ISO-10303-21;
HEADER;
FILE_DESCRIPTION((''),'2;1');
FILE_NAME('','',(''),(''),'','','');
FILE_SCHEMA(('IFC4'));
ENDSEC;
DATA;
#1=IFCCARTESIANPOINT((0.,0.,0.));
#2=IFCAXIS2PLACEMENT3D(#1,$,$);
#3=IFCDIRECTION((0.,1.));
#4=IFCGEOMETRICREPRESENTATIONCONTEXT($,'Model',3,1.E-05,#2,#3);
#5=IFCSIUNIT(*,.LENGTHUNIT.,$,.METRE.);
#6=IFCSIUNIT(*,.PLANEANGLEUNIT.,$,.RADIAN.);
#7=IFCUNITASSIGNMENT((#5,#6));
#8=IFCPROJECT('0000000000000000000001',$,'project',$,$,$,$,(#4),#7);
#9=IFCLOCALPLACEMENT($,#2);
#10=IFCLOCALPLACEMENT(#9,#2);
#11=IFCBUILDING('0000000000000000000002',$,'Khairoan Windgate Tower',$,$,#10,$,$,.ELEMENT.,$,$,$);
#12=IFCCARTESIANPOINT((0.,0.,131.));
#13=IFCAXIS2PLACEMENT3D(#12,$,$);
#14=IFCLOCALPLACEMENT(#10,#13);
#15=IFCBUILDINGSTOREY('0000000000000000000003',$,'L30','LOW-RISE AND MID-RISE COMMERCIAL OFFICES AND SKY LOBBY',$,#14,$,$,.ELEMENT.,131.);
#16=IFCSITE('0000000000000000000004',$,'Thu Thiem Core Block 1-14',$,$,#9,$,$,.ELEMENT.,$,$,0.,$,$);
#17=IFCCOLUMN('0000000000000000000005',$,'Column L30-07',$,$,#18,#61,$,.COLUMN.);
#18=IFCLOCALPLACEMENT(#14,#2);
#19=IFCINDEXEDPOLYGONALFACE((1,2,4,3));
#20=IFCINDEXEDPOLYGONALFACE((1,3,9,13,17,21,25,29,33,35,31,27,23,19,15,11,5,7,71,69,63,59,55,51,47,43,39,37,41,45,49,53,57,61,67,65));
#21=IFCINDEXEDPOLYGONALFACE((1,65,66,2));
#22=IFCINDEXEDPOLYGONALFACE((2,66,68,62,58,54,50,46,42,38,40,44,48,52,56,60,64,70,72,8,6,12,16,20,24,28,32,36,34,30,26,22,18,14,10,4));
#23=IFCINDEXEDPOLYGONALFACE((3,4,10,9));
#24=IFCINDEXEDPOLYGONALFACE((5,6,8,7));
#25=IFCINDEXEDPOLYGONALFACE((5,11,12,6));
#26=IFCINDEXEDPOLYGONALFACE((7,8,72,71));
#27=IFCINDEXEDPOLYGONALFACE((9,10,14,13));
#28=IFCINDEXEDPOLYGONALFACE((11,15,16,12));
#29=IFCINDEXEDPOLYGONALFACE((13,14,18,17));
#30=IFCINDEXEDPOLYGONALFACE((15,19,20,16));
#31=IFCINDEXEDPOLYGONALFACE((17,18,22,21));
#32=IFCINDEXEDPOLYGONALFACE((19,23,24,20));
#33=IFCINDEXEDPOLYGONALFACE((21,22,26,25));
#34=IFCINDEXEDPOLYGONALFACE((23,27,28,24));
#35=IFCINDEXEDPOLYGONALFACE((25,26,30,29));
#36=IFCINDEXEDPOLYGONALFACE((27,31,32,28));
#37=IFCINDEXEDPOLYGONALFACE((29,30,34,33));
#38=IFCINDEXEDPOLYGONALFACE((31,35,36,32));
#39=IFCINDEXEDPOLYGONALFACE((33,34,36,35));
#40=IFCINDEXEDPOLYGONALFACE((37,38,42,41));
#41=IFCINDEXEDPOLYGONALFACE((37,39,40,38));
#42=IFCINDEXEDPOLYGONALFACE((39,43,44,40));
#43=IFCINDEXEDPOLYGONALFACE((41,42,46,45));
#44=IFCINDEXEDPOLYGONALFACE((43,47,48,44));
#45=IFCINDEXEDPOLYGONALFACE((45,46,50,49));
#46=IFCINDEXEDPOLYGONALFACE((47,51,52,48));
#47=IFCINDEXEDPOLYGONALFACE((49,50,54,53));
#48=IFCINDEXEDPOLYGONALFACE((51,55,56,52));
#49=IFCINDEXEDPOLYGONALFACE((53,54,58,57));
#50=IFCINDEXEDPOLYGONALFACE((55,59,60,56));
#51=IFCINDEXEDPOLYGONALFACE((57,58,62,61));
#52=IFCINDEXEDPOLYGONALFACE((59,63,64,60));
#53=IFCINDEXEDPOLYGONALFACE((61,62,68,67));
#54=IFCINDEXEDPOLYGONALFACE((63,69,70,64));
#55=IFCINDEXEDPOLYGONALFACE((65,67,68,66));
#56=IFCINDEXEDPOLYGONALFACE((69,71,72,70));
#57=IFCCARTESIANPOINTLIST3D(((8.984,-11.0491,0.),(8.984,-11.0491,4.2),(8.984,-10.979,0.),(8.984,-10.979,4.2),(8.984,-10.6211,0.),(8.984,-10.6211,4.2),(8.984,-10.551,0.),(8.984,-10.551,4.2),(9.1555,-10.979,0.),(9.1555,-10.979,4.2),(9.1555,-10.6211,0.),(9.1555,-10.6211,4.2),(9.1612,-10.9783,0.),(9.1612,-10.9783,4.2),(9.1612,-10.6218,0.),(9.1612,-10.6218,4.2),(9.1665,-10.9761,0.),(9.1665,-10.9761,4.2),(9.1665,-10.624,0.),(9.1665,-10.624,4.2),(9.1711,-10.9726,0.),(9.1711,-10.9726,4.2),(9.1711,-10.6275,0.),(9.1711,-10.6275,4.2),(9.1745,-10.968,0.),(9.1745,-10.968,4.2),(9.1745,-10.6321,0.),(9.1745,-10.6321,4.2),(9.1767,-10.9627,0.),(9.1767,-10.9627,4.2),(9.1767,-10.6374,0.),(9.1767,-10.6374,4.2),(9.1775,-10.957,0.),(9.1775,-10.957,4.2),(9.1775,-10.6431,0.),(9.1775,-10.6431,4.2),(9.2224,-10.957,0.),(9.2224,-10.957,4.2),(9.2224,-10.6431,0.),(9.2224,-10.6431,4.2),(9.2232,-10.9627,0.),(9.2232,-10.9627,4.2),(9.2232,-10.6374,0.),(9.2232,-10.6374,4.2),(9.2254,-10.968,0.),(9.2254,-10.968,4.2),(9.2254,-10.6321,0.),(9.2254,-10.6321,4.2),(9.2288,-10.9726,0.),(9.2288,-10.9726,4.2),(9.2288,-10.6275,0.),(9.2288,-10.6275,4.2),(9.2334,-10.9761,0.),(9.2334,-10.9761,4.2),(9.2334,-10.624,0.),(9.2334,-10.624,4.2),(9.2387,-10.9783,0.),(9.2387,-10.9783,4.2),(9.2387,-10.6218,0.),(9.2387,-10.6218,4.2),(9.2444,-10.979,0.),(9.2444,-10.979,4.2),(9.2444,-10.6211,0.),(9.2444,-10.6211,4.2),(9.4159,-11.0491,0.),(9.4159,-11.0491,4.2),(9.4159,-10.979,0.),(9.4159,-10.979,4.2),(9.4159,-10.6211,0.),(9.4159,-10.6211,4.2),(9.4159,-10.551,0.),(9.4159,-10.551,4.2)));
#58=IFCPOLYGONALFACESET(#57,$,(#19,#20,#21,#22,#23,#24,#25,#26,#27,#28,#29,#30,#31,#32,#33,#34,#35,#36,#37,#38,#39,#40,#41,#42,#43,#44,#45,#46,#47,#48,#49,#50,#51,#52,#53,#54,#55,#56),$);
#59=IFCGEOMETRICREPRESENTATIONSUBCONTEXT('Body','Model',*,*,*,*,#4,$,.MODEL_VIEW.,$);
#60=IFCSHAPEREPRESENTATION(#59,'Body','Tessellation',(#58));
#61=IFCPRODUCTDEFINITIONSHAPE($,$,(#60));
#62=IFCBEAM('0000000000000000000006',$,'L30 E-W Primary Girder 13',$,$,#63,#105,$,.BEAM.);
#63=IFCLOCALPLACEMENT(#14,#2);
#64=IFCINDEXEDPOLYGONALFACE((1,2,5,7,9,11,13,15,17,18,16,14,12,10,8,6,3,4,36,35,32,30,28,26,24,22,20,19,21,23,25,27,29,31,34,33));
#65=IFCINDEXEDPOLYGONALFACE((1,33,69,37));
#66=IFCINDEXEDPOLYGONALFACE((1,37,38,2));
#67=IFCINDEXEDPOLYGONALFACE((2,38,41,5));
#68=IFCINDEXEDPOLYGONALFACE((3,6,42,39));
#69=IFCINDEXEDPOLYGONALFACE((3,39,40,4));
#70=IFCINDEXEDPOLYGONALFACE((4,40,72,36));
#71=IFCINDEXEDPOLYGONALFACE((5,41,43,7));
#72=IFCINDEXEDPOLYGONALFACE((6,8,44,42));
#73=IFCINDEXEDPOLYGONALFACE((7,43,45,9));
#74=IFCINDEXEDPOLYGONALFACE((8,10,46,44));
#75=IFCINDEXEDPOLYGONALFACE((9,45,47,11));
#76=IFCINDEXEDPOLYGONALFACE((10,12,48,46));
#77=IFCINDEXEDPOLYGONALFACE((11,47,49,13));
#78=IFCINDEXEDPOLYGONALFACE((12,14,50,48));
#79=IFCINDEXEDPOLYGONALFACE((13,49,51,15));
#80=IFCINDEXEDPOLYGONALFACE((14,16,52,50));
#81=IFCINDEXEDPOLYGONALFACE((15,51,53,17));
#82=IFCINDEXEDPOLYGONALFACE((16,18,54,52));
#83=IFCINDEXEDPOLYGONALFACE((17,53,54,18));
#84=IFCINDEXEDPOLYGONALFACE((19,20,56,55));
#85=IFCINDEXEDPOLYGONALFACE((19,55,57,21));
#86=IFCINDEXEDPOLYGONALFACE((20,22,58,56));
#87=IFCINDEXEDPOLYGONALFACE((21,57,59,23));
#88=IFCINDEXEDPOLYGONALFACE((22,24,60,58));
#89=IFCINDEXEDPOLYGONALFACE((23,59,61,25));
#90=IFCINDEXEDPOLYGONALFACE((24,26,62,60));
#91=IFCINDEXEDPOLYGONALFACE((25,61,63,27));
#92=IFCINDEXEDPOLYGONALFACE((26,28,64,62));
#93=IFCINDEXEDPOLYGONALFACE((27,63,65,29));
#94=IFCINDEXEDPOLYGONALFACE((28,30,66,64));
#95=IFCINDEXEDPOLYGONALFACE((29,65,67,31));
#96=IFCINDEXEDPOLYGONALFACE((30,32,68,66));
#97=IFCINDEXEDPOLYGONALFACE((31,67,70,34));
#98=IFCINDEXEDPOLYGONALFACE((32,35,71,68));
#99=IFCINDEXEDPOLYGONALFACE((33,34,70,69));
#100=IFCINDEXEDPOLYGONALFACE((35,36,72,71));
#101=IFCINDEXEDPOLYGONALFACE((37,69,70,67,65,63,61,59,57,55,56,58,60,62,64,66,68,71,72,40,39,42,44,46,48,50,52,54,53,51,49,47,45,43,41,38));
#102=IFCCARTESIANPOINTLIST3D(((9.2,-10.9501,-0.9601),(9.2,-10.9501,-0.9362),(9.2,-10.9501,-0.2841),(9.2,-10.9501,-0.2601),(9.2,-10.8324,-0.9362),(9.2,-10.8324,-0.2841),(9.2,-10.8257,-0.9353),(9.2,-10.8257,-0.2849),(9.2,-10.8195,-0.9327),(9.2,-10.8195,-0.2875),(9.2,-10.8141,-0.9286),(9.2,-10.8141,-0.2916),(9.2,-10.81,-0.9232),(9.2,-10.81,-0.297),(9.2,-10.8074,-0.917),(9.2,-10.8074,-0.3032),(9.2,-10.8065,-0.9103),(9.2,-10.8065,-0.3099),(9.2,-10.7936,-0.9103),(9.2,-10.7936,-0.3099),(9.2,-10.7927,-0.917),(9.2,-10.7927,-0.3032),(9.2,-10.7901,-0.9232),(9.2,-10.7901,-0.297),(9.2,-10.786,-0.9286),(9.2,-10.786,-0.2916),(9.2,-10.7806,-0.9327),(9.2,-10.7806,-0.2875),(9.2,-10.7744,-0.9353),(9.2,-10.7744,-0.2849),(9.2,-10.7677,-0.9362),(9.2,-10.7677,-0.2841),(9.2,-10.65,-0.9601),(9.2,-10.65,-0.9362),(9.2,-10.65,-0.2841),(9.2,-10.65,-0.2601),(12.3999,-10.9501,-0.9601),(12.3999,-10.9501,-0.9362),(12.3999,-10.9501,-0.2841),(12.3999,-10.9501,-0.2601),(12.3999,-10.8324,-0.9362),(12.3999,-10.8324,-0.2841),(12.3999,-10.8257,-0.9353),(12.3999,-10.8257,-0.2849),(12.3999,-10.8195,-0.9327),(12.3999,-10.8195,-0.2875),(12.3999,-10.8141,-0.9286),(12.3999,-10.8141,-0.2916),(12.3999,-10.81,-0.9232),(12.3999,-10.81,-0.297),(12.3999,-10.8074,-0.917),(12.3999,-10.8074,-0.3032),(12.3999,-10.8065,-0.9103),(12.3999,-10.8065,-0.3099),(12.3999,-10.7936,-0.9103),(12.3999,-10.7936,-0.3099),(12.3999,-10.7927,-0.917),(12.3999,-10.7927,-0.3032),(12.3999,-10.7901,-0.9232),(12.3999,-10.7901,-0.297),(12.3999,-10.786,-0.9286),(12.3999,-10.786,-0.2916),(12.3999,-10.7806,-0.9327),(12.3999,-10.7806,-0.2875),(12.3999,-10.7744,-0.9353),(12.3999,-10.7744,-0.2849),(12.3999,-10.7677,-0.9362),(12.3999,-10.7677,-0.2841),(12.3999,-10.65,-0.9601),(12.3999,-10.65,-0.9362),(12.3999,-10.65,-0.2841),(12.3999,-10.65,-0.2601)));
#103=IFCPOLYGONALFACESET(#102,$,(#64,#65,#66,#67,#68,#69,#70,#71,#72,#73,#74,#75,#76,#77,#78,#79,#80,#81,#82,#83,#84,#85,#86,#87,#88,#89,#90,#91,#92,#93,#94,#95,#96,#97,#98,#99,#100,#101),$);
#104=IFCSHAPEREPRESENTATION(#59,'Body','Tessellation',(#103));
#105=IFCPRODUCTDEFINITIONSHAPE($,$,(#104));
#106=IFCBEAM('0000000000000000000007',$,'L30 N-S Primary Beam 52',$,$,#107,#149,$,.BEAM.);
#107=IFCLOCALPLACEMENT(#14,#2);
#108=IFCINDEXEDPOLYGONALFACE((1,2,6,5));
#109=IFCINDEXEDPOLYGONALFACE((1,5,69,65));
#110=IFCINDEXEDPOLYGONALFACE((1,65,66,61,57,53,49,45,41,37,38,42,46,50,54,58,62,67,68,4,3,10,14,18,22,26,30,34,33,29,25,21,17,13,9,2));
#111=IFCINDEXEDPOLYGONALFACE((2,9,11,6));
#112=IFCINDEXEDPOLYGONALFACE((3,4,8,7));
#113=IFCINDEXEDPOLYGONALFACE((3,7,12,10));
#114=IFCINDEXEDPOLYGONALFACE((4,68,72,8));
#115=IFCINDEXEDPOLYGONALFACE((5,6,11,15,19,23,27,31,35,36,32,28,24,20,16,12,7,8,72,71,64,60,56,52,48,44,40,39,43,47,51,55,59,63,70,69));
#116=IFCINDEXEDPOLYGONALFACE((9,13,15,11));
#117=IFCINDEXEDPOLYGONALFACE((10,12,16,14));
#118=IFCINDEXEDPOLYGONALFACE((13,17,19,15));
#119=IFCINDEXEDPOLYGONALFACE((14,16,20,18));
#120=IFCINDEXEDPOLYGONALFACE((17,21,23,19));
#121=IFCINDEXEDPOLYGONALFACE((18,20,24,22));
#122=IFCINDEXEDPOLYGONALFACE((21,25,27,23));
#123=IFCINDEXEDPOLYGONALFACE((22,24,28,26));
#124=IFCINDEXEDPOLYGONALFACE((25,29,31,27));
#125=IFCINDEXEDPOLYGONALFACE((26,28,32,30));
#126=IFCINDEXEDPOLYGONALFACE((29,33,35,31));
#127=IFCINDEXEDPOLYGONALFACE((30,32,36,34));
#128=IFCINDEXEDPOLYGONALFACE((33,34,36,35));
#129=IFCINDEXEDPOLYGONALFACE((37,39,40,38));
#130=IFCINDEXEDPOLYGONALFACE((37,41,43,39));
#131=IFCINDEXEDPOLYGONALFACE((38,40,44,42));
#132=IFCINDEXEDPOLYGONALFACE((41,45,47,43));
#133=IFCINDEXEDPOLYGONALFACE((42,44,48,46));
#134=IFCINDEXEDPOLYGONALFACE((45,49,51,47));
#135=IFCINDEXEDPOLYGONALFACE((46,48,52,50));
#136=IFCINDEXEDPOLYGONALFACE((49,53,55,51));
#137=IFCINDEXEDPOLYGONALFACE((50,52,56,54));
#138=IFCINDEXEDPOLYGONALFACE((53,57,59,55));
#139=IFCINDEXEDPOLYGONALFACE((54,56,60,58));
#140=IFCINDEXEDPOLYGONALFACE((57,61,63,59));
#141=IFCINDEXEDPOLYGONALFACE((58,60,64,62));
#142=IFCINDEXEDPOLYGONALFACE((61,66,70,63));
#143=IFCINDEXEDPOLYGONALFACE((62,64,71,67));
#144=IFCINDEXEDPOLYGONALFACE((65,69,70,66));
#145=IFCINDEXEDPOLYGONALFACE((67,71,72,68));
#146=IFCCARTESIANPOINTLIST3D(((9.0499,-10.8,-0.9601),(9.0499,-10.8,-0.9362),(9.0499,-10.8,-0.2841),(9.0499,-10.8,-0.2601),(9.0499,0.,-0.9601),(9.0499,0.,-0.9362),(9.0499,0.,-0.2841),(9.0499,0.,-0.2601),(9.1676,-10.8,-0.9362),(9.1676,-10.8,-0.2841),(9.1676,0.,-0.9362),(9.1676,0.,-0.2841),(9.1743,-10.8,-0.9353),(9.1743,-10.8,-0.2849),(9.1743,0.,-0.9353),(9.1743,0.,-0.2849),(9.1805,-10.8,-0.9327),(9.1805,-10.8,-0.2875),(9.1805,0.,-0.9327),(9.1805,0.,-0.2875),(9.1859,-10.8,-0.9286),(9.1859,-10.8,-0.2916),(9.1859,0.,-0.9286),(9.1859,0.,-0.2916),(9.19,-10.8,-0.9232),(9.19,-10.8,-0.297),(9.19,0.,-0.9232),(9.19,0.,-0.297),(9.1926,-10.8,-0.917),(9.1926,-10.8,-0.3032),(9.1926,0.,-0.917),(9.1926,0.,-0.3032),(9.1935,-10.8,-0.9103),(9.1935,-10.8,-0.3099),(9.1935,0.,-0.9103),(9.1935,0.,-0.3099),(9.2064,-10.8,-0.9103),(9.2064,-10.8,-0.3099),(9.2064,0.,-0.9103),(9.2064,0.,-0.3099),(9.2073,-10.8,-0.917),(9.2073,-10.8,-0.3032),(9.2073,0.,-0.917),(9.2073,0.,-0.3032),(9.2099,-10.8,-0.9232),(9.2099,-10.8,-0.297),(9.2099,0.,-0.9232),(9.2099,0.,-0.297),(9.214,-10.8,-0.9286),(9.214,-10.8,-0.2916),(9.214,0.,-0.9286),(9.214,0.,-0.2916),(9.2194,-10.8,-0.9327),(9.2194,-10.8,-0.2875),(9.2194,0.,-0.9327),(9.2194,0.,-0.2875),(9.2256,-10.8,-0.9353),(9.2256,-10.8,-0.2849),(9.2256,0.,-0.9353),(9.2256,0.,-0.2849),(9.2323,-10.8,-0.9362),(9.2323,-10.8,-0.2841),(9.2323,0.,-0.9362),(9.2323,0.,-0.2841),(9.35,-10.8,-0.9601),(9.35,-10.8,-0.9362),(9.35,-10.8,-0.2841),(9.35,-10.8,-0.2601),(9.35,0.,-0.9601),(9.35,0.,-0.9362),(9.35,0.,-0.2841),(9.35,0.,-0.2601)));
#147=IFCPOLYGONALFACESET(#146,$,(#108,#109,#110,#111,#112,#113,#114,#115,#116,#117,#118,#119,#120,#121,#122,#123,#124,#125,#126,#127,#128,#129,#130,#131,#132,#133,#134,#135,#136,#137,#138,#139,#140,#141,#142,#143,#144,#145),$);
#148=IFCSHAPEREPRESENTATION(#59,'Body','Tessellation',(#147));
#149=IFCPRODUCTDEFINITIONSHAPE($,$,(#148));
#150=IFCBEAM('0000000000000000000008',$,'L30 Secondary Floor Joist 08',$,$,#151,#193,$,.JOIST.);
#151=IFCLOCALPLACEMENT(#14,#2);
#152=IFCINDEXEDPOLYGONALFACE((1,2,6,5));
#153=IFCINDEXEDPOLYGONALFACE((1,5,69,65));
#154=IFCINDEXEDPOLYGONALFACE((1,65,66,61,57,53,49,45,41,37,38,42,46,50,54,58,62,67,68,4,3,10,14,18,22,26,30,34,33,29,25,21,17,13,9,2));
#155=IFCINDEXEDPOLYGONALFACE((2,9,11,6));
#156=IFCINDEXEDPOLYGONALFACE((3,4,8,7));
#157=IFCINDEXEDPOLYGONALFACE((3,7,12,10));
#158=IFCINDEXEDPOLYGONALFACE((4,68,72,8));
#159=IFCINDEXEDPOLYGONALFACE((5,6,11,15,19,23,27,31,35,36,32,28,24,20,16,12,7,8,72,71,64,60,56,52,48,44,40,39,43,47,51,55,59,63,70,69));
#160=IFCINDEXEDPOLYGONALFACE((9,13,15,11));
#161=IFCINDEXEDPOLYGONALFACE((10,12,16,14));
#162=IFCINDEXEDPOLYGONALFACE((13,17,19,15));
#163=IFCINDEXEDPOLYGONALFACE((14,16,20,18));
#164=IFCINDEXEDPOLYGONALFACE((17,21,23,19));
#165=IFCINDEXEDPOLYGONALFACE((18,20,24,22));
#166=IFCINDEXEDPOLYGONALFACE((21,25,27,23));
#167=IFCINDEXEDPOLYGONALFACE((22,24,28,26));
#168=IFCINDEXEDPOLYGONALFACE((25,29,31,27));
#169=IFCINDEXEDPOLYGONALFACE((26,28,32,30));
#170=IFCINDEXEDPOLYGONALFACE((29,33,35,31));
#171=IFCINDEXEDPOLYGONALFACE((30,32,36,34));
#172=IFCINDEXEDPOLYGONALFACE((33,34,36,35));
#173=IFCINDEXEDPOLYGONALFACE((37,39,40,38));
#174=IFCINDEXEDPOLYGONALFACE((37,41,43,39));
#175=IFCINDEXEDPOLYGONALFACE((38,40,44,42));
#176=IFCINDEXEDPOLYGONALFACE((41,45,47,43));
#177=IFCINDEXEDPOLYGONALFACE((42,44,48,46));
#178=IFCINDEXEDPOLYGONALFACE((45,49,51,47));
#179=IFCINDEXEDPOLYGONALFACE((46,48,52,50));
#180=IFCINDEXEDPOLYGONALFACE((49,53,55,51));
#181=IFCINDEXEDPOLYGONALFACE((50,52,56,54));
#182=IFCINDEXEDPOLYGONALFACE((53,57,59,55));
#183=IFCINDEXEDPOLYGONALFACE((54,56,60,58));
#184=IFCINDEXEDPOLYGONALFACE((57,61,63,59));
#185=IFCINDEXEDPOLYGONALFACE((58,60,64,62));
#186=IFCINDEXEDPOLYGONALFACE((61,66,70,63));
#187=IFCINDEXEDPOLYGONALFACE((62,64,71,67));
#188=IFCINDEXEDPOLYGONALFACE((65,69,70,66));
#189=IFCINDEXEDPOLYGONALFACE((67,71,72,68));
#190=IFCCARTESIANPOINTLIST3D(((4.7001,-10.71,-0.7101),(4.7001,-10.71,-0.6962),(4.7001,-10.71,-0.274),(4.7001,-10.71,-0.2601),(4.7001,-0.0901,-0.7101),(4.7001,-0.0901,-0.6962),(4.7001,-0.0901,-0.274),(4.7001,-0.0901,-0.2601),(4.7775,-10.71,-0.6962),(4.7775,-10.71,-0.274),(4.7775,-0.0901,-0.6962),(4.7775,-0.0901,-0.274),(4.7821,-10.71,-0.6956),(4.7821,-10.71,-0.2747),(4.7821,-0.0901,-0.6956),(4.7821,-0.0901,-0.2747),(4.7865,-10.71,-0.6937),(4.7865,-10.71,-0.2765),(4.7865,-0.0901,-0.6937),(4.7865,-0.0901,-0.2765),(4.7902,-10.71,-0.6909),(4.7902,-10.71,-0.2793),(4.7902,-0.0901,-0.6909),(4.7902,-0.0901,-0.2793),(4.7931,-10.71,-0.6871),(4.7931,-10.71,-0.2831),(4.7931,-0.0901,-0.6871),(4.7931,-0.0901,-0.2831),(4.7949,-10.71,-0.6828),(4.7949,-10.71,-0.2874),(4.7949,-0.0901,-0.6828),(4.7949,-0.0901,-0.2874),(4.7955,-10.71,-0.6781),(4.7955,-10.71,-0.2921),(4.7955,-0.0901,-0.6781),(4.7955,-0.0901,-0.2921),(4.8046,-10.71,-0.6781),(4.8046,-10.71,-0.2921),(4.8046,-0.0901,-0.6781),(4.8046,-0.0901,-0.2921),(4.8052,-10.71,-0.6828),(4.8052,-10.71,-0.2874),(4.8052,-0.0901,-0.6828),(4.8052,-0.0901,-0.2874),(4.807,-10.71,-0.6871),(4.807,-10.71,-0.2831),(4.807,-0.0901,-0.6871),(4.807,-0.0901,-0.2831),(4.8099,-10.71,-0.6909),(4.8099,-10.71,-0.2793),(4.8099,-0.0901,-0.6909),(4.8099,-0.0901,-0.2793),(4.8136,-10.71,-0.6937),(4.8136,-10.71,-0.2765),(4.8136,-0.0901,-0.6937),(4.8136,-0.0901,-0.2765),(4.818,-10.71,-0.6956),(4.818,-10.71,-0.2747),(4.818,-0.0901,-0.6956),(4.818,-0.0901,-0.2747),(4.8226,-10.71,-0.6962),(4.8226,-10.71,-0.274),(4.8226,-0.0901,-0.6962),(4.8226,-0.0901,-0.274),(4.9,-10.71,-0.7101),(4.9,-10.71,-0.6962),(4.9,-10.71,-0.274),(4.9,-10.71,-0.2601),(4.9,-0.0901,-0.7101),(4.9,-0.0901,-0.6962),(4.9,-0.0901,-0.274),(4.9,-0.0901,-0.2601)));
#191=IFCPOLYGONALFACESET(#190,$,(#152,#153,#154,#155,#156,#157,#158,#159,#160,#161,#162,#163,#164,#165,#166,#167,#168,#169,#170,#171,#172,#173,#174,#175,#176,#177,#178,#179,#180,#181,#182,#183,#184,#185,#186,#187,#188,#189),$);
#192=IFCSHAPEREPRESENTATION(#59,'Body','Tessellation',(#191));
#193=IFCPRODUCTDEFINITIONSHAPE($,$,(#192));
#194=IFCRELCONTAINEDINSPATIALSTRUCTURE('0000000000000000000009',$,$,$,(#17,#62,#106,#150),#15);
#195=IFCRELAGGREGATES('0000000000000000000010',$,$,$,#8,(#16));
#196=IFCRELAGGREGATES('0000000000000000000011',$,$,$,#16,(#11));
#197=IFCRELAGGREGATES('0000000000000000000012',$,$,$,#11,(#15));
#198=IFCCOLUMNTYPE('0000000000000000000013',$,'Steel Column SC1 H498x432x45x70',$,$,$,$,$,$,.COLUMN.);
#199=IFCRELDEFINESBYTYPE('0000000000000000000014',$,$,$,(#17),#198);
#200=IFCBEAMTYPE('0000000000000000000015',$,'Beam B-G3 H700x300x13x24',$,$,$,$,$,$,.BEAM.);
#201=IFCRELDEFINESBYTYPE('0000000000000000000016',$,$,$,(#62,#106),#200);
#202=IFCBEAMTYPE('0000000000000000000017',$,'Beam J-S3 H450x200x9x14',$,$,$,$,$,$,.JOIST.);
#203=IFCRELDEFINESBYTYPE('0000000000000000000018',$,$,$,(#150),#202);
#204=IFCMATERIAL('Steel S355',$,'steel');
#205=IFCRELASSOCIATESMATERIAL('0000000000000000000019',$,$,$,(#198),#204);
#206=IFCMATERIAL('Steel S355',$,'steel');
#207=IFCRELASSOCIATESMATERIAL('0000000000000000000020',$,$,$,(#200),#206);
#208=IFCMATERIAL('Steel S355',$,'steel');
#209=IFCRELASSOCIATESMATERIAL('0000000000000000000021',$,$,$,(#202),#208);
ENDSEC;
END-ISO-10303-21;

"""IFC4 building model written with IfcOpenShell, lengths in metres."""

from ifc_helpers import new_model, si_unit, direction, frame, origin, origin_2d, place, context, subcontext, project, spatial, i_section, extrude, material, material_profile, profile_set, type_object, element, save


model = new_model("IFC4")

# Units and contexts
model_context = context("Model", 3, precision=1e-05, world=origin(), true_north=direction((0.0, 1.0)))
body_context = subcontext(model_context, "Body", "Model", "MODEL_VIEW")
ifc_project = project(units=[si_unit("LENGTHUNIT", "METRE"), si_unit("PLANEANGLEUNIT", "RADIAN")], contexts=[model_context])

# Site, building, storey
site_placement = place(None, origin())
site = spatial("IfcSite", under=ifc_project, at=site_placement, Name="Thu Thiem Core Block 1-14", CompositionType="ELEMENT", RefElevation=0.0)
building_placement = place(site_placement, origin())
building = spatial("IfcBuilding", under=site, at=building_placement, Name="Khairoan Windgate Tower", CompositionType="ELEMENT")
storey_placement = place(building_placement, frame((0.0, 0.0, 131.0)))
storey = spatial("IfcBuildingStorey", under=building, at=storey_placement, Name="L30", Description="LOW-RISE AND MID-RISE COMMERCIAL OFFICES AND SKY LOBBY", CompositionType="ELEMENT", Elevation=131.0)

# Column
ifc_material_1 = material(Name="Steel S355", Category="steel")
ifc_material_profile_1 = material_profile(ifc_material_1, i_section(OverallWidth=0.4319, OverallDepth=0.498, WebThickness=0.0449, FlangeThickness=0.0701, FilletRadius=0.022, at=origin_2d()))
ifc_profile_set_1 = profile_set([ifc_material_profile_1], Name="Steel S355")
column_type = type_object("IfcColumnType", Name="Steel Column SC1 H498x432x45x70", PredefinedType="COLUMN", material=ifc_profile_set_1)
column_placement = place(storey_placement, frame((9.2, -10.8, 0.0), z_axis=(0.0, 0.0, 1.0), x_axis=(1.0, 0.0, 0.0)))
element("IfcColumn", 1, at=column_placement, inside=storey, type_object=column_type, Name="Column L30-07", PredefinedType="COLUMN", context=body_context, shape_type="SweptSolid", body=[
    extrude(i_section(OverallWidth=0.4319, OverallDepth=0.498, WebThickness=0.0449, FlangeThickness=0.0701, FilletRadius=0.022, at=origin_2d()), origin(), (0.0, 0.0, 1.0), 4.2),
])

# Beams
ifc_material_2 = material(Name="Steel S355", Category="steel")
ifc_material_profile_2 = material_profile(ifc_material_2, i_section(OverallWidth=0.3, OverallDepth=0.7, WebThickness=0.0129, FlangeThickness=0.0239, FilletRadius=0.0259, at=origin_2d()))
ifc_profile_set_2 = profile_set([ifc_material_profile_2], Name="Steel S355")
beam_type_1 = type_object("IfcBeamType", Name="Beam B-G3 H700x300x13x24", PredefinedType="BEAM", material=ifc_profile_set_2)
beam_1_placement = place(storey_placement, frame((9.2, -10.8, -0.6101), z_axis=(1.0, 0.0, 0.0), x_axis=(0.0, 1.0, 0.0)))
element("IfcBeam", 2, at=beam_1_placement, inside=storey, type_object=beam_type_1, Name="L30 E-W Primary Girder 13", PredefinedType="BEAM", context=body_context, shape_type="SweptSolid", body=[
    extrude(i_section(OverallWidth=0.3, OverallDepth=0.7, WebThickness=0.0129, FlangeThickness=0.0239, FilletRadius=0.0259, at=origin_2d()), origin(), (0.0, 0.0, 1.0), 3.2),
])
beam_2_placement = place(storey_placement, frame((9.2, -10.8, -0.6101), z_axis=(0.0, 1.0, 0.0), x_axis=(-1.0, 0.0, 0.0)))
element("IfcBeam", 3, at=beam_2_placement, inside=storey, type_object=beam_type_1, Name="L30 N-S Primary Beam 52", PredefinedType="BEAM", context=body_context, shape_type="SweptSolid", body=[
    extrude(i_section(OverallWidth=0.3, OverallDepth=0.7, WebThickness=0.0129, FlangeThickness=0.0239, FilletRadius=0.0259, at=origin_2d()), origin(), (0.0, 0.0, 1.0), 10.8),
])
ifc_material_3 = material(Name="Steel S355", Category="steel")
ifc_material_profile_3 = material_profile(ifc_material_3, i_section(OverallWidth=0.2, OverallDepth=0.45, WebThickness=0.009, FlangeThickness=0.0139, FilletRadius=0.0181, at=origin_2d()))
ifc_profile_set_3 = profile_set([ifc_material_profile_3], Name="Steel S355")
beam_type_2 = type_object("IfcBeamType", Name="Beam J-S3 H450x200x9x14", PredefinedType="JOIST", material=ifc_profile_set_3)
beam_3_placement = place(storey_placement, frame((4.8, -10.71, -0.4851), z_axis=(0.0, 1.0, 0.0), x_axis=(-1.0, 0.0, 0.0)))
element("IfcBeam", 4, at=beam_3_placement, inside=storey, type_object=beam_type_2, Name="L30 Secondary Floor Joist 08", PredefinedType="JOIST", context=body_context, shape_type="SweptSolid", body=[
    extrude(i_section(OverallWidth=0.2, OverallDepth=0.45, WebThickness=0.009, FlangeThickness=0.0139, FilletRadius=0.0181, at=origin_2d()), origin(), (0.0, 0.0, 1.0), 10.6199),
])

save(model, "model.ifc")
